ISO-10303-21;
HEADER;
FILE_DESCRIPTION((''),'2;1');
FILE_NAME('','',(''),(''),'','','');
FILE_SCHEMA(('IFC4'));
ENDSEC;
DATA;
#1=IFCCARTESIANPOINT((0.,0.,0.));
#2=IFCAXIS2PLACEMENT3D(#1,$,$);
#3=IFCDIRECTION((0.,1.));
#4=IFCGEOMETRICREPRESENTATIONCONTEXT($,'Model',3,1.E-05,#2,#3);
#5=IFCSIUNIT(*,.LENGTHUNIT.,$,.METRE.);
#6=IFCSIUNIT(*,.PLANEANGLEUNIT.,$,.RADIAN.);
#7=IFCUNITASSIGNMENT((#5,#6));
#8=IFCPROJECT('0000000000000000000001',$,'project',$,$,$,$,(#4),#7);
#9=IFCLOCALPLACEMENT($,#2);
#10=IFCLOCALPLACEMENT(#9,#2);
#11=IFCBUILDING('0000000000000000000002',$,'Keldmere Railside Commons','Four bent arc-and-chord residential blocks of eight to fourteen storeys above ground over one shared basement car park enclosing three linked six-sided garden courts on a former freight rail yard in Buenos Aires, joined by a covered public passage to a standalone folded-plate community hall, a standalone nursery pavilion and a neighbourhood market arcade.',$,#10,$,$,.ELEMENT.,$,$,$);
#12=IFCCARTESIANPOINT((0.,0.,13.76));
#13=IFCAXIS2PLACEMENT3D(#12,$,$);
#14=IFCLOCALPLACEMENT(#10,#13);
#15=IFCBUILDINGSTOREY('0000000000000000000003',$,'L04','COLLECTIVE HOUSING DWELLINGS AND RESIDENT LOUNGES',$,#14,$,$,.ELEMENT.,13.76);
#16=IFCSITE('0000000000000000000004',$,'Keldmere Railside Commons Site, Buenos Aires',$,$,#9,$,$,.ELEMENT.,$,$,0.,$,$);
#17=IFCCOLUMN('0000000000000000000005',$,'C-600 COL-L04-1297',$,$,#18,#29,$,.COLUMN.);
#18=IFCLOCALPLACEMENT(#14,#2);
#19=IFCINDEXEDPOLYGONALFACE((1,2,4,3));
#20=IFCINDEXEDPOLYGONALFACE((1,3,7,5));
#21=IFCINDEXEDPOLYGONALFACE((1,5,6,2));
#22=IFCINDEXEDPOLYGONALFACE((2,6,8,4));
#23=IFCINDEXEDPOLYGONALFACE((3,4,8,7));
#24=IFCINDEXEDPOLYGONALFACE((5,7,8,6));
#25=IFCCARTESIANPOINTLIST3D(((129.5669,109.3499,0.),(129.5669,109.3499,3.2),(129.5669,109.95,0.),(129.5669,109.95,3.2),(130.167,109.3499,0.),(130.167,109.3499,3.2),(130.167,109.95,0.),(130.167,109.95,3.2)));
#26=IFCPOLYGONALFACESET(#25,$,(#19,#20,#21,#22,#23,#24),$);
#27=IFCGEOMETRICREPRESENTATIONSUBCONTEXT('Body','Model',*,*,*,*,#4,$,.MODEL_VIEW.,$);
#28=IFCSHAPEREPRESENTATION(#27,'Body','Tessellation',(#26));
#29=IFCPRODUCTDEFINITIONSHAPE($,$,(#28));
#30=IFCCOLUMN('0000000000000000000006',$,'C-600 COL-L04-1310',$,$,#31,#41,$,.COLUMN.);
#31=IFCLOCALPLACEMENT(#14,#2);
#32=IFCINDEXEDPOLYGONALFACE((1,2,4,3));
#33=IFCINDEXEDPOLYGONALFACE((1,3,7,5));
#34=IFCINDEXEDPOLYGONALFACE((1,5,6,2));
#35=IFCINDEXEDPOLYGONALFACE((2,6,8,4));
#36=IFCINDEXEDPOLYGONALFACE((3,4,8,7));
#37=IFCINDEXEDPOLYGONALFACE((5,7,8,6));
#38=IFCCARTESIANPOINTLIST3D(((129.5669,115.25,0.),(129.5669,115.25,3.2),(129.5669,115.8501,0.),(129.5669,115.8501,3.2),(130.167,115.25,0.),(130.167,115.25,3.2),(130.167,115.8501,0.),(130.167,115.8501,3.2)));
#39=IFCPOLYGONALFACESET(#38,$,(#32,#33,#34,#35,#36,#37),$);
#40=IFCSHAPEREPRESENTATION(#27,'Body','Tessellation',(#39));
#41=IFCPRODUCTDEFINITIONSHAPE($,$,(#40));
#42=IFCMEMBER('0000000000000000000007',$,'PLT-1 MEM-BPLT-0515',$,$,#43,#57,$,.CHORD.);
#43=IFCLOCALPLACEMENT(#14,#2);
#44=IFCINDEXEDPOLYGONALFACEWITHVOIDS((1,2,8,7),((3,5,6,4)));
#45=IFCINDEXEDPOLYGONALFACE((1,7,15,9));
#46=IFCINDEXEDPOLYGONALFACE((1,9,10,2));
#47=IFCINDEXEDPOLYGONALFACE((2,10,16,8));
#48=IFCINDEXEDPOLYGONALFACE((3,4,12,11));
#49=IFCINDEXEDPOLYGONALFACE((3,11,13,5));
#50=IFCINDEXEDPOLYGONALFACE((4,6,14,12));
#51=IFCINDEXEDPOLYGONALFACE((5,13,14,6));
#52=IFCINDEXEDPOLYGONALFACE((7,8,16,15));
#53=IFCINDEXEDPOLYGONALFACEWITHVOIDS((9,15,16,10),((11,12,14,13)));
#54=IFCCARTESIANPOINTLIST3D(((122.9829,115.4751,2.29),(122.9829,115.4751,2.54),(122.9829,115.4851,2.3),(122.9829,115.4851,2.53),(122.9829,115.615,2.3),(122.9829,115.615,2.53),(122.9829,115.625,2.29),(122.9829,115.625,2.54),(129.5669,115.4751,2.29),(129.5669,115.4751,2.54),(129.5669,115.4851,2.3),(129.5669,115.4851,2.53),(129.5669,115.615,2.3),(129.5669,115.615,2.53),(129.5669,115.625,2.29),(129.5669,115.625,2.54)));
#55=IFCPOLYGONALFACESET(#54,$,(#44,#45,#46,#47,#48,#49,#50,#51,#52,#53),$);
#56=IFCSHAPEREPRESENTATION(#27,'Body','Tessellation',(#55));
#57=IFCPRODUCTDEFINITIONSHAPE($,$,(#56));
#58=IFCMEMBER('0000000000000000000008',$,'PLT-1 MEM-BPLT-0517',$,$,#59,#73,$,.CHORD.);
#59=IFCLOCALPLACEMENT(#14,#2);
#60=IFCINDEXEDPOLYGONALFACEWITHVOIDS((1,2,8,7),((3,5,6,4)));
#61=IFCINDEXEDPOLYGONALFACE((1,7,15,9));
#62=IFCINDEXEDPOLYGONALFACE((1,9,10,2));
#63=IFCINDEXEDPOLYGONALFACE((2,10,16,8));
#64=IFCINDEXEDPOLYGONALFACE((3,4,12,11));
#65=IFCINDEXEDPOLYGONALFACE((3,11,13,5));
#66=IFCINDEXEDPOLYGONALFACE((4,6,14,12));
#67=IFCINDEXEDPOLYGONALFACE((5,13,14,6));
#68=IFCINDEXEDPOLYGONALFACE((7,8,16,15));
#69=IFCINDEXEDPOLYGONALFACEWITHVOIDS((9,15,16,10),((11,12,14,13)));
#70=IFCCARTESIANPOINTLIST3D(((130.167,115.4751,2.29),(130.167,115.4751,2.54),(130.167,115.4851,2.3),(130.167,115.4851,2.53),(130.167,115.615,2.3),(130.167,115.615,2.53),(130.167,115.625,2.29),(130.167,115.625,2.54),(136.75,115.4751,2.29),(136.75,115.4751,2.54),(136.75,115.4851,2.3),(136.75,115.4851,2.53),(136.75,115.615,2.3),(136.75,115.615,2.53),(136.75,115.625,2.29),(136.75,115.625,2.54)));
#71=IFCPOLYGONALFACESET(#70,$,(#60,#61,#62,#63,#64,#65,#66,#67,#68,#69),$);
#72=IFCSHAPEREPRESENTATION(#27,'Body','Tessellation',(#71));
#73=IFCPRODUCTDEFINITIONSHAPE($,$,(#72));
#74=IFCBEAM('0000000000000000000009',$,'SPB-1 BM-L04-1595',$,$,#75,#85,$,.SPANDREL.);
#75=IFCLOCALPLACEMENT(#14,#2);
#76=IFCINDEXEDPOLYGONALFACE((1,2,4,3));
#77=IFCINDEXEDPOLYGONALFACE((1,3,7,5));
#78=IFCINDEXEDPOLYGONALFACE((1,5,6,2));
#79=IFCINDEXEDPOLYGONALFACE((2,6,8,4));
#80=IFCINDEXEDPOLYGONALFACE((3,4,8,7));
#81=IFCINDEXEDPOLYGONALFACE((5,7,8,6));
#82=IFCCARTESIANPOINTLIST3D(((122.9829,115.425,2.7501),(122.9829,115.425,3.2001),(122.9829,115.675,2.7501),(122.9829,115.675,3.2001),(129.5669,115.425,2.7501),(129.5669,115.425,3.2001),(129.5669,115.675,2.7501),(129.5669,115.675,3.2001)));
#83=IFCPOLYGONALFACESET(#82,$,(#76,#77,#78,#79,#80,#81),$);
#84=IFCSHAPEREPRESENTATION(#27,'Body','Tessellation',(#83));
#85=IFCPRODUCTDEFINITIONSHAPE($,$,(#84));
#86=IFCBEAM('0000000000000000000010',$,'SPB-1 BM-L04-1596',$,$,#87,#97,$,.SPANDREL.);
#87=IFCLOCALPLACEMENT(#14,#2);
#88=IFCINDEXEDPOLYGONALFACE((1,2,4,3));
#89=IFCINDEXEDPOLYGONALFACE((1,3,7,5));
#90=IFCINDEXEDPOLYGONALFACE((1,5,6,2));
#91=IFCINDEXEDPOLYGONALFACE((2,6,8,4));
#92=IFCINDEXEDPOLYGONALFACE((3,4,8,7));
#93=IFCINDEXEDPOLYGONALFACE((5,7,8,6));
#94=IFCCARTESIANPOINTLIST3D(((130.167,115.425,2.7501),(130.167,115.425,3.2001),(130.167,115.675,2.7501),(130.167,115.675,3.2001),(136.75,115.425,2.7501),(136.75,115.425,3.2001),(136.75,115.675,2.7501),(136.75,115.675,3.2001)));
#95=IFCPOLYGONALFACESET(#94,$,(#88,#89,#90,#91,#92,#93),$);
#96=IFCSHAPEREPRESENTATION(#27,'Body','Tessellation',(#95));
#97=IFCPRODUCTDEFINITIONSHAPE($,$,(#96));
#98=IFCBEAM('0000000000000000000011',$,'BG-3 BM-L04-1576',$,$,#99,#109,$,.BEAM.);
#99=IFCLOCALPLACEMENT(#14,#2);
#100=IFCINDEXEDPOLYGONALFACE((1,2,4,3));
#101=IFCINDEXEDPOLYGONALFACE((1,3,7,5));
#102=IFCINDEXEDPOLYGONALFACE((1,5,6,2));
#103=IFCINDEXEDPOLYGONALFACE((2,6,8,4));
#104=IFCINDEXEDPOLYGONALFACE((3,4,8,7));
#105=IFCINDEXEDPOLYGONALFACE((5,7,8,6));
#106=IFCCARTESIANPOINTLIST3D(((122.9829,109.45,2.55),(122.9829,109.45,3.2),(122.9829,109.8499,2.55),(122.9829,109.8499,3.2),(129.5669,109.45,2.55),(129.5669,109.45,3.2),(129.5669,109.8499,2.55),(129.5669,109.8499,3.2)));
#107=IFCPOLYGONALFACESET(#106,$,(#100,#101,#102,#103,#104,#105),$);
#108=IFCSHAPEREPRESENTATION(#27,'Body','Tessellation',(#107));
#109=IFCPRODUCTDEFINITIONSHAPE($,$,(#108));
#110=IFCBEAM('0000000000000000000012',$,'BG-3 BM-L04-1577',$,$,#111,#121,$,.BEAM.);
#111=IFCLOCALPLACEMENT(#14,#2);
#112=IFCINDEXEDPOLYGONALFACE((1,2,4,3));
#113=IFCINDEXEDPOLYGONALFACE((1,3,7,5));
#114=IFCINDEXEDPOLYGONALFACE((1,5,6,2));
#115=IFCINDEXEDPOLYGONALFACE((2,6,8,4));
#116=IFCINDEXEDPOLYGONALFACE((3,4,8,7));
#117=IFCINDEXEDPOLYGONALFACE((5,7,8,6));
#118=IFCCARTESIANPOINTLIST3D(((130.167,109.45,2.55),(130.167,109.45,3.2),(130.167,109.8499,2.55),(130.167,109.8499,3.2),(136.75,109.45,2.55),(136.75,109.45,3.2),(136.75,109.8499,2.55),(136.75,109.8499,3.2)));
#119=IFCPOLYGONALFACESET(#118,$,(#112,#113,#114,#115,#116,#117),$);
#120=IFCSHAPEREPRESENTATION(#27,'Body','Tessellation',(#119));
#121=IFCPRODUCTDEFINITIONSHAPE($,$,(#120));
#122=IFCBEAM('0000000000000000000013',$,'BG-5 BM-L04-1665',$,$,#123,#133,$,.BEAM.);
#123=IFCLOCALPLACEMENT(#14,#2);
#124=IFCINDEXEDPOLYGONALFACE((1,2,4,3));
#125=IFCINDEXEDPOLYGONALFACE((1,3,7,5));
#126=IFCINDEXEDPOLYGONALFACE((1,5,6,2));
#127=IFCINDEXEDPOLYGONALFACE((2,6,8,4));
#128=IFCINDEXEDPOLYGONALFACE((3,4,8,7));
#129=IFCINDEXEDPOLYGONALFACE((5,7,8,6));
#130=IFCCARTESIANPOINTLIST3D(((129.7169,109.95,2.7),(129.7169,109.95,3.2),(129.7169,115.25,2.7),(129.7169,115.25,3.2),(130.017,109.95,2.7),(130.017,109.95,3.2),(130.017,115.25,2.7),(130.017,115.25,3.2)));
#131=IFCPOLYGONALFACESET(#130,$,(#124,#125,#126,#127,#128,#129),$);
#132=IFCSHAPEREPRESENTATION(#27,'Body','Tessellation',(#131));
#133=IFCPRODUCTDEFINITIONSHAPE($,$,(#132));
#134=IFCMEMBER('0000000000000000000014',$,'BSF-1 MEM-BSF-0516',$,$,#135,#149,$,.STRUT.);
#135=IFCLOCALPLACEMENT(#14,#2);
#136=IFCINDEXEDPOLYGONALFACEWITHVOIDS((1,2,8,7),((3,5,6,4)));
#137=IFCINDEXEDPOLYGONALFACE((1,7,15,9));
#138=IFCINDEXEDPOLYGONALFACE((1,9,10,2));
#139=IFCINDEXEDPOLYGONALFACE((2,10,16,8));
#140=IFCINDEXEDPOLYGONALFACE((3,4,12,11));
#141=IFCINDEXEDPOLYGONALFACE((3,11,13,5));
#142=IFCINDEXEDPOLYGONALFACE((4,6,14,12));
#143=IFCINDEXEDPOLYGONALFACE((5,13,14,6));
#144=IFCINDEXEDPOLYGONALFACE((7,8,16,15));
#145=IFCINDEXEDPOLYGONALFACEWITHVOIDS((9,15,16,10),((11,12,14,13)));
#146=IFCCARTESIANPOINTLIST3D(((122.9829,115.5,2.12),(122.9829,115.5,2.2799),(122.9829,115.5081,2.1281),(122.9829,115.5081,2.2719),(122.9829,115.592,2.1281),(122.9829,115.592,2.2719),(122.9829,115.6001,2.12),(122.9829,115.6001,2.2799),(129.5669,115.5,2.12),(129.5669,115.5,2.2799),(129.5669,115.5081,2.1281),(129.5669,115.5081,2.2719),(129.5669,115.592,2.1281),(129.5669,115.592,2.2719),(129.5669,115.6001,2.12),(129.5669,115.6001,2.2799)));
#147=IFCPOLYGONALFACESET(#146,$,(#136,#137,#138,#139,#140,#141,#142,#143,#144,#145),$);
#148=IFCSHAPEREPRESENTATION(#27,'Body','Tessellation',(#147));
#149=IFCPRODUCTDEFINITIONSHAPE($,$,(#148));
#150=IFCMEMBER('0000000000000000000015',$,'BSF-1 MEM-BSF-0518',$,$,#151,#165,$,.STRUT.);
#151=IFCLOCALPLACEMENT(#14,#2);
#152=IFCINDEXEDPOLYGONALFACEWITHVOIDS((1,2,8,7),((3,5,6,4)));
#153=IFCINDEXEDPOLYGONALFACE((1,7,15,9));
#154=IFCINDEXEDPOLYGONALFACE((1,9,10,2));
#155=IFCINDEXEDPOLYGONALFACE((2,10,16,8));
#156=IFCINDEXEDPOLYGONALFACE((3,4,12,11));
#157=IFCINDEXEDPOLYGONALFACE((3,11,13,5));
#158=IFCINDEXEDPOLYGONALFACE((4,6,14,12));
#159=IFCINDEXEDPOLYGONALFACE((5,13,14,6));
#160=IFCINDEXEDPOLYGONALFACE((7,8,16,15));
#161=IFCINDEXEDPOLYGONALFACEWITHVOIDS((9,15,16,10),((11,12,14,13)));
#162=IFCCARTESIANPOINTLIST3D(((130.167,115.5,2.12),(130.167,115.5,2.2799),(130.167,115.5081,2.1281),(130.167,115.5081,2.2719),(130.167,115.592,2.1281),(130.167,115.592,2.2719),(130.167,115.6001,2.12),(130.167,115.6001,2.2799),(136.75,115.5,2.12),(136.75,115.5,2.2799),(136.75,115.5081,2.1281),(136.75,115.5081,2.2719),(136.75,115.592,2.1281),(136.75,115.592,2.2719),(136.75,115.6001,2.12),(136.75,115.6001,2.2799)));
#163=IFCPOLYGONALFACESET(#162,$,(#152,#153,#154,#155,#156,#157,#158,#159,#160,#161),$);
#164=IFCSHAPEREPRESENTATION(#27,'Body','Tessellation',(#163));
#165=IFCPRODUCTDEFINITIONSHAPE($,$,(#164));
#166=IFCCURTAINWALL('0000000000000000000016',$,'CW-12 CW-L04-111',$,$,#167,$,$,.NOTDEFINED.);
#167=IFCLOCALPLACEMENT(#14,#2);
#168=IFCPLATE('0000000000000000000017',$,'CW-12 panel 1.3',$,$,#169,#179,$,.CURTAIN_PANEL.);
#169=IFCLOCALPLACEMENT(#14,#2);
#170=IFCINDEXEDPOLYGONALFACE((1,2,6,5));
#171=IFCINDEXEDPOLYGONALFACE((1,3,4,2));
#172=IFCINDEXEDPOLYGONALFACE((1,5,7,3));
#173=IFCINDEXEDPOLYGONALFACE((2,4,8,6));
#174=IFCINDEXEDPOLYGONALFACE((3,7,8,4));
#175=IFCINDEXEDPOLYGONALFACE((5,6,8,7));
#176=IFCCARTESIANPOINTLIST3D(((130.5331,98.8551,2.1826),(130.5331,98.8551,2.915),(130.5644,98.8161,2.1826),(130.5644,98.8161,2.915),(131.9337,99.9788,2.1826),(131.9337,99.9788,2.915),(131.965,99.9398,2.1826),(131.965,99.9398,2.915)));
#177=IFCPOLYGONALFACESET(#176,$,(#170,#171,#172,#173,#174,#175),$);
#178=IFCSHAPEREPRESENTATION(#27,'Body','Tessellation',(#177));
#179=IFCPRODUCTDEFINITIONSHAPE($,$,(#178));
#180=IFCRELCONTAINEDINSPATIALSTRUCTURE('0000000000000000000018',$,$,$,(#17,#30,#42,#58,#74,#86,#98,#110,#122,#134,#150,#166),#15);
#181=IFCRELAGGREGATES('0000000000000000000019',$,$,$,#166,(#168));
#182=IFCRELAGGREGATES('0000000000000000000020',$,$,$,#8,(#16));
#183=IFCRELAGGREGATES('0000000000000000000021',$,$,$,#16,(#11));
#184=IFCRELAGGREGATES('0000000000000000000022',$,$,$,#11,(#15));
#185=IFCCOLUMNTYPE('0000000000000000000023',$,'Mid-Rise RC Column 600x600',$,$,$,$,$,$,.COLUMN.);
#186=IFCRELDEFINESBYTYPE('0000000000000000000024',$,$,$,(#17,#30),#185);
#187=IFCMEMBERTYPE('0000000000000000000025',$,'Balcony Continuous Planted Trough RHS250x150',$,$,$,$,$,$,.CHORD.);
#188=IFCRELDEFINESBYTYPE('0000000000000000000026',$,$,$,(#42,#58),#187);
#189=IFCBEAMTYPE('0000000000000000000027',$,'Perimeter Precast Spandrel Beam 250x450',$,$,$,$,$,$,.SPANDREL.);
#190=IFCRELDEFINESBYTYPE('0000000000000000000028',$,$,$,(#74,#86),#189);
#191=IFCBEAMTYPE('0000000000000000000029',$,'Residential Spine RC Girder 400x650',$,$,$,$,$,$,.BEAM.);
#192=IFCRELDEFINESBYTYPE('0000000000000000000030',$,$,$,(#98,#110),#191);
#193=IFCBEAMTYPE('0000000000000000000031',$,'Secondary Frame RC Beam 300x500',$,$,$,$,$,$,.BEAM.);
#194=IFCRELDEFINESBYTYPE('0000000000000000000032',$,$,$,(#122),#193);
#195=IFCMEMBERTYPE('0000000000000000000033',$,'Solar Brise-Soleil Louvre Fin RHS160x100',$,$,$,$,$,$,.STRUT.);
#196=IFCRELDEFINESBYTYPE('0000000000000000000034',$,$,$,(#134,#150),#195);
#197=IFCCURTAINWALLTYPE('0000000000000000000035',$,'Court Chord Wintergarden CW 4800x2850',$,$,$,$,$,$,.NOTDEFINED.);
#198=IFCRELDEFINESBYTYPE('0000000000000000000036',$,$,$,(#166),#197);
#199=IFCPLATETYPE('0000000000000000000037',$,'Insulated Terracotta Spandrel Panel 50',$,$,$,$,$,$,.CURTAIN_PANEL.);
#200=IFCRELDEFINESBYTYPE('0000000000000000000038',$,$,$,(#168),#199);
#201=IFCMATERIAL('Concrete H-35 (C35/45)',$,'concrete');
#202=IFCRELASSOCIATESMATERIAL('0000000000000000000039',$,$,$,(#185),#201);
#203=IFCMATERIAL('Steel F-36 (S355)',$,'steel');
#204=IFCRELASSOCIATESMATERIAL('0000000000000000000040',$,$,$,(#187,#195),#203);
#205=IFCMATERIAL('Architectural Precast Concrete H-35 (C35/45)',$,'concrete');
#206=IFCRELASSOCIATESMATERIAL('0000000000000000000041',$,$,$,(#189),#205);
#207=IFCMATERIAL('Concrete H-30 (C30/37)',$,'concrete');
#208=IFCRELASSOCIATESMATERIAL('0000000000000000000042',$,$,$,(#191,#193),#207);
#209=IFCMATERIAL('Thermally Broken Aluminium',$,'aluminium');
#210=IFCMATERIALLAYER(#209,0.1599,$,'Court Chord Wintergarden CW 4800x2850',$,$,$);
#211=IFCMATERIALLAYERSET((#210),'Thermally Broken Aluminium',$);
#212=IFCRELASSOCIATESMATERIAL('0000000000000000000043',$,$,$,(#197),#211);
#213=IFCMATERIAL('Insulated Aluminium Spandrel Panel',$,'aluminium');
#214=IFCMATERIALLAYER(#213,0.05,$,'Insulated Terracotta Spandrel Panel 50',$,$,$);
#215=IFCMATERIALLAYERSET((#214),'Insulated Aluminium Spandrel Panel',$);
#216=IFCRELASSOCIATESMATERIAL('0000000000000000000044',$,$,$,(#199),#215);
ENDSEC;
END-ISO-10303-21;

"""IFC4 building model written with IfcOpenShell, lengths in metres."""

from ifc_helpers import new_model, si_unit, direction, frame, origin, origin_2d, place, context, subcontext, project, spatial, rectangle, hollow_rectangle, extrude, material, layer, layer_set, material_profile, profile_set, type_object, element, aggregate, save


model = new_model("IFC4")

# Units and contexts
model_context = context("Model", 3, precision=1e-05, world=origin(), true_north=direction((0.0, 1.0)))
body_context = subcontext(model_context, "Body", "Model", "MODEL_VIEW")
ifc_project = project(units=[si_unit("LENGTHUNIT", "METRE"), si_unit("PLANEANGLEUNIT", "RADIAN")], contexts=[model_context])

# Site, building, storey
site_placement = place(None, origin())
site = spatial("IfcSite", under=ifc_project, at=site_placement, Name="Keldmere Railside Commons Site, Buenos Aires", CompositionType="ELEMENT", RefElevation=0.0)
building_placement = place(site_placement, origin())
building = spatial("IfcBuilding", under=site, at=building_placement, Name="Keldmere Railside Commons", Description="Four bent arc-and-chord residential blocks of eight to fourteen storeys above ground over one shared basement car park enclosing three linked six-sided garden courts on a former freight rail yard in Buenos Aires, joined by a covered public passage to a standalone folded-plate community hall, a standalone nursery pavilion and a neighbourhood market arcade.", CompositionType="ELEMENT")
storey_placement = place(building_placement, frame((0.0, 0.0, 13.76)))
storey = spatial("IfcBuildingStorey", under=building, at=storey_placement, Name="L04", Description="COLLECTIVE HOUSING DWELLINGS AND RESIDENT LOUNGES", CompositionType="ELEMENT", Elevation=13.76)

# Columns
ifc_material_1 = material(Name="Concrete H-35 (C35/45)", Category="concrete")
ifc_material_profile_1 = material_profile(ifc_material_1, rectangle(XDim=0.6001, YDim=0.6001, at=origin_2d()), Name="RC-600x600")
ifc_profile_set_1 = profile_set([ifc_material_profile_1], Name="Concrete H-35 (C35/45)")
column_type = type_object("IfcColumnType", Name="Mid-Rise RC Column 600x600", PredefinedType="COLUMN", material=ifc_profile_set_1)
for number, where, z_axis, x_axis, name in (
    (1, (129.8669, 109.6499, 0.0), (0.0, 0.0, 1.0), (1.0, 0.0, 0.0), "C-600 COL-L04-1297"),
    (2, (129.8669, 115.55, 0.0), (0.0, 0.0, 1.0), (1.0, 0.0, 0.0), "C-600 COL-L04-1310"),
):
    element("IfcColumn", number, at=place(storey_placement, frame(where, z_axis=z_axis, x_axis=x_axis)), inside=storey, type_object=column_type, Name=name, PredefinedType="COLUMN", context=body_context, shape_type="SweptSolid", body=[
        extrude(rectangle(XDim=0.6001, YDim=0.6001, at=origin_2d()), origin(), (0.0, 0.0, 1.0), 3.2),
    ])

# Members
ifc_material_2 = material(Name="Steel F-36 (S355)", Category="steel")
ifc_material_profile_2 = material_profile(ifc_material_2, hollow_rectangle(XDim=0.1499, YDim=0.25, WallThickness=0.01, at=origin_2d()), Name="RHS-250x150x10")
ifc_profile_set_2 = profile_set([ifc_material_profile_2], Name="Steel F-36 (S355)")
member_type_1 = type_object("IfcMemberType", Name="Balcony Continuous Planted Trough RHS250x150", PredefinedType="CHORD", material=ifc_profile_set_2)
member_1_placement = place(storey_placement, frame((122.9829, 115.55, 2.415), z_axis=(1.0, 0.0, 0.0), x_axis=(0.0, 1.0, 0.0)))
element("IfcMember", 3, at=member_1_placement, inside=storey, type_object=member_type_1, Name="PLT-1 MEM-BPLT-0515", PredefinedType="CHORD", context=body_context, shape_type="SweptSolid", body=[
    extrude(hollow_rectangle(XDim=0.1499, YDim=0.25, WallThickness=0.01, at=origin_2d()), origin(), (0.0, 0.0, 1.0), 6.584),
])
member_2_placement = place(storey_placement, frame((130.167, 115.55, 2.415), z_axis=(1.0, 0.0, 0.0), x_axis=(0.0, 1.0, 0.0)))
element("IfcMember", 4, at=member_2_placement, inside=storey, type_object=member_type_1, Name="PLT-1 MEM-BPLT-0517", PredefinedType="CHORD", context=body_context, shape_type="SweptSolid", body=[
    extrude(hollow_rectangle(XDim=0.1499, YDim=0.25, WallThickness=0.01, at=origin_2d()), origin(), (0.0, 0.0, 1.0), 6.583),
])

# Beams
ifc_material_3 = material(Name="Architectural Precast Concrete H-35 (C35/45)", Category="concrete")
ifc_material_profile_3 = material_profile(ifc_material_3, rectangle(XDim=0.25, YDim=0.45, at=origin_2d()), Name="RC-250x450")
ifc_profile_set_3 = profile_set([ifc_material_profile_3], Name="Architectural Precast Concrete H-35 (C35/45)")
beam_type_1 = type_object("IfcBeamType", Name="Perimeter Precast Spandrel Beam 250x450", PredefinedType="SPANDREL", material=ifc_profile_set_3)
beam_1_placement = place(storey_placement, frame((122.9829, 115.55, 2.9751), z_axis=(1.0, 0.0, 0.0), x_axis=(0.0, 1.0, 0.0)))
element("IfcBeam", 5, at=beam_1_placement, inside=storey, type_object=beam_type_1, Name="SPB-1 BM-L04-1595", PredefinedType="SPANDREL", context=body_context, shape_type="SweptSolid", body=[
    extrude(rectangle(XDim=0.25, YDim=0.45, at=origin_2d()), origin(), (0.0, 0.0, 1.0), 6.584),
])
beam_2_placement = place(storey_placement, frame((130.167, 115.55, 2.9751), z_axis=(1.0, 0.0, 0.0), x_axis=(0.0, 1.0, 0.0)))
element("IfcBeam", 6, at=beam_2_placement, inside=storey, type_object=beam_type_1, Name="SPB-1 BM-L04-1596", PredefinedType="SPANDREL", context=body_context, shape_type="SweptSolid", body=[
    extrude(rectangle(XDim=0.25, YDim=0.45, at=origin_2d()), origin(), (0.0, 0.0, 1.0), 6.583),
])
ifc_material_4 = material(Name="Concrete H-30 (C30/37)", Category="concrete")
ifc_material_profile_4 = material_profile(ifc_material_4, rectangle(XDim=0.3999, YDim=0.6499, at=origin_2d()), Name="RC-400x650")
ifc_profile_set_4 = profile_set([ifc_material_profile_4], Name="Concrete H-30 (C30/37)")
beam_type_2 = type_object("IfcBeamType", Name="Residential Spine RC Girder 400x650", PredefinedType="BEAM", material=ifc_profile_set_4)
beam_3_placement = place(storey_placement, frame((122.9829, 109.6499, 2.875), z_axis=(1.0, 0.0, 0.0), x_axis=(0.0, 1.0, 0.0)))
element("IfcBeam", 7, at=beam_3_placement, inside=storey, type_object=beam_type_2, Name="BG-3 BM-L04-1576", PredefinedType="BEAM", context=body_context, shape_type="SweptSolid", body=[
    extrude(rectangle(XDim=0.3999, YDim=0.6499, at=origin_2d()), origin(), (0.0, 0.0, 1.0), 6.584),
])
beam_4_placement = place(storey_placement, frame((130.167, 109.6499, 2.875), z_axis=(1.0, 0.0, 0.0), x_axis=(0.0, 1.0, 0.0)))
element("IfcBeam", 8, at=beam_4_placement, inside=storey, type_object=beam_type_2, Name="BG-3 BM-L04-1577", PredefinedType="BEAM", context=body_context, shape_type="SweptSolid", body=[
    extrude(rectangle(XDim=0.3999, YDim=0.6499, at=origin_2d()), origin(), (0.0, 0.0, 1.0), 6.583),
])
ifc_material_profile_5 = material_profile(ifc_material_4, rectangle(XDim=0.3, YDim=0.5, at=origin_2d()), Name="RC-300x500")
ifc_profile_set_5 = profile_set([ifc_material_profile_5], Name="Concrete H-30 (C30/37)")
beam_type_3 = type_object("IfcBeamType", Name="Secondary Frame RC Beam 300x500", PredefinedType="BEAM", material=ifc_profile_set_5)
beam_5_placement = place(storey_placement, frame((129.8669, 109.95, 2.95), z_axis=(0.0, 1.0, 0.0), x_axis=(-1.0, 0.0, 0.0)))
element("IfcBeam", 9, at=beam_5_placement, inside=storey, type_object=beam_type_3, Name="BG-5 BM-L04-1665", PredefinedType="BEAM", context=body_context, shape_type="SweptSolid", body=[
    extrude(rectangle(XDim=0.3, YDim=0.5, at=origin_2d()), origin(), (0.0, 0.0, 1.0), 5.3),
])

# Members
ifc_material_profile_6 = material_profile(ifc_material_2, hollow_rectangle(XDim=0.1001, YDim=0.1599, WallThickness=0.0081, at=origin_2d()), Name="RHS-160x100x8")
ifc_profile_set_6 = profile_set([ifc_material_profile_6], Name="Steel F-36 (S355)")
member_type_2 = type_object("IfcMemberType", Name="Solar Brise-Soleil Louvre Fin RHS160x100", PredefinedType="STRUT", material=ifc_profile_set_6)
member_3_placement = place(storey_placement, frame((122.9829, 115.55, 2.2), z_axis=(1.0, 0.0, 0.0), x_axis=(0.0, 1.0, 0.0)))
element("IfcMember", 10, at=member_3_placement, inside=storey, type_object=member_type_2, Name="BSF-1 MEM-BSF-0516", PredefinedType="STRUT", context=body_context, shape_type="SweptSolid", body=[
    extrude(hollow_rectangle(XDim=0.1001, YDim=0.1599, WallThickness=0.0081, at=origin_2d()), origin(), (0.0, 0.0, 1.0), 6.584),
])
member_4_placement = place(storey_placement, frame((130.167, 115.55, 2.2), z_axis=(1.0, 0.0, 0.0), x_axis=(0.0, 1.0, 0.0)))
element("IfcMember", 11, at=member_4_placement, inside=storey, type_object=member_type_2, Name="BSF-1 MEM-BSF-0518", PredefinedType="STRUT", context=body_context, shape_type="SweptSolid", body=[
    extrude(hollow_rectangle(XDim=0.1001, YDim=0.1599, WallThickness=0.0081, at=origin_2d()), origin(), (0.0, 0.0, 1.0), 6.583),
])

# Curtain wall, plate
ifc_material_5 = material(Name="Thermally Broken Aluminium", Category="aluminium")
ifc_layer_1 = layer(ifc_material_5, 0.1599, Name="Court Chord Wintergarden CW 4800x2850")
ifc_layer_set_1 = layer_set([ifc_layer_1], Name="Thermally Broken Aluminium")
curtain_wall_type = type_object("IfcCurtainWallType", Name="Court Chord Wintergarden CW 4800x2850", PredefinedType="NOTDEFINED", material=ifc_layer_set_1)
curtain_wall_placement = place(storey_placement, origin())
curtain_wall = element("IfcCurtainWall", 12, at=curtain_wall_placement, inside=storey, type_object=curtain_wall_type, Name="CW-12 CW-L04-111", PredefinedType="NOTDEFINED")
ifc_material_6 = material(Name="Insulated Aluminium Spandrel Panel", Category="aluminium")
ifc_layer_2 = layer(ifc_material_6, 0.05, Name="Insulated Terracotta Spandrel Panel 50")
ifc_layer_set_2 = layer_set([ifc_layer_2], Name="Insulated Aluminium Spandrel Panel")
plate_type = type_object("IfcPlateType", Name="Insulated Terracotta Spandrel Panel 50", PredefinedType="CURTAIN_PANEL", material=ifc_layer_set_2)
plate_placement = place(storey_placement, frame((131.249, 99.3975, 2.1826), z_axis=(0.0, 0.0, 1.0), x_axis=(-0.780009, -0.625768, 0.0)))
plate = element("IfcPlate", 13, at=plate_placement, type_object=plate_type, Name="CW-12 panel 1.3", PredefinedType="CURTAIN_PANEL", context=body_context, shape_type="SweptSolid", body=[
    extrude(rectangle(XDim=1.7957, YDim=0.05, at=origin_2d()), origin(), (0.0, 0.0, 1.0), 0.7324),
])
aggregate(curtain_wall, [plate])

save(model, "model.ifc")
